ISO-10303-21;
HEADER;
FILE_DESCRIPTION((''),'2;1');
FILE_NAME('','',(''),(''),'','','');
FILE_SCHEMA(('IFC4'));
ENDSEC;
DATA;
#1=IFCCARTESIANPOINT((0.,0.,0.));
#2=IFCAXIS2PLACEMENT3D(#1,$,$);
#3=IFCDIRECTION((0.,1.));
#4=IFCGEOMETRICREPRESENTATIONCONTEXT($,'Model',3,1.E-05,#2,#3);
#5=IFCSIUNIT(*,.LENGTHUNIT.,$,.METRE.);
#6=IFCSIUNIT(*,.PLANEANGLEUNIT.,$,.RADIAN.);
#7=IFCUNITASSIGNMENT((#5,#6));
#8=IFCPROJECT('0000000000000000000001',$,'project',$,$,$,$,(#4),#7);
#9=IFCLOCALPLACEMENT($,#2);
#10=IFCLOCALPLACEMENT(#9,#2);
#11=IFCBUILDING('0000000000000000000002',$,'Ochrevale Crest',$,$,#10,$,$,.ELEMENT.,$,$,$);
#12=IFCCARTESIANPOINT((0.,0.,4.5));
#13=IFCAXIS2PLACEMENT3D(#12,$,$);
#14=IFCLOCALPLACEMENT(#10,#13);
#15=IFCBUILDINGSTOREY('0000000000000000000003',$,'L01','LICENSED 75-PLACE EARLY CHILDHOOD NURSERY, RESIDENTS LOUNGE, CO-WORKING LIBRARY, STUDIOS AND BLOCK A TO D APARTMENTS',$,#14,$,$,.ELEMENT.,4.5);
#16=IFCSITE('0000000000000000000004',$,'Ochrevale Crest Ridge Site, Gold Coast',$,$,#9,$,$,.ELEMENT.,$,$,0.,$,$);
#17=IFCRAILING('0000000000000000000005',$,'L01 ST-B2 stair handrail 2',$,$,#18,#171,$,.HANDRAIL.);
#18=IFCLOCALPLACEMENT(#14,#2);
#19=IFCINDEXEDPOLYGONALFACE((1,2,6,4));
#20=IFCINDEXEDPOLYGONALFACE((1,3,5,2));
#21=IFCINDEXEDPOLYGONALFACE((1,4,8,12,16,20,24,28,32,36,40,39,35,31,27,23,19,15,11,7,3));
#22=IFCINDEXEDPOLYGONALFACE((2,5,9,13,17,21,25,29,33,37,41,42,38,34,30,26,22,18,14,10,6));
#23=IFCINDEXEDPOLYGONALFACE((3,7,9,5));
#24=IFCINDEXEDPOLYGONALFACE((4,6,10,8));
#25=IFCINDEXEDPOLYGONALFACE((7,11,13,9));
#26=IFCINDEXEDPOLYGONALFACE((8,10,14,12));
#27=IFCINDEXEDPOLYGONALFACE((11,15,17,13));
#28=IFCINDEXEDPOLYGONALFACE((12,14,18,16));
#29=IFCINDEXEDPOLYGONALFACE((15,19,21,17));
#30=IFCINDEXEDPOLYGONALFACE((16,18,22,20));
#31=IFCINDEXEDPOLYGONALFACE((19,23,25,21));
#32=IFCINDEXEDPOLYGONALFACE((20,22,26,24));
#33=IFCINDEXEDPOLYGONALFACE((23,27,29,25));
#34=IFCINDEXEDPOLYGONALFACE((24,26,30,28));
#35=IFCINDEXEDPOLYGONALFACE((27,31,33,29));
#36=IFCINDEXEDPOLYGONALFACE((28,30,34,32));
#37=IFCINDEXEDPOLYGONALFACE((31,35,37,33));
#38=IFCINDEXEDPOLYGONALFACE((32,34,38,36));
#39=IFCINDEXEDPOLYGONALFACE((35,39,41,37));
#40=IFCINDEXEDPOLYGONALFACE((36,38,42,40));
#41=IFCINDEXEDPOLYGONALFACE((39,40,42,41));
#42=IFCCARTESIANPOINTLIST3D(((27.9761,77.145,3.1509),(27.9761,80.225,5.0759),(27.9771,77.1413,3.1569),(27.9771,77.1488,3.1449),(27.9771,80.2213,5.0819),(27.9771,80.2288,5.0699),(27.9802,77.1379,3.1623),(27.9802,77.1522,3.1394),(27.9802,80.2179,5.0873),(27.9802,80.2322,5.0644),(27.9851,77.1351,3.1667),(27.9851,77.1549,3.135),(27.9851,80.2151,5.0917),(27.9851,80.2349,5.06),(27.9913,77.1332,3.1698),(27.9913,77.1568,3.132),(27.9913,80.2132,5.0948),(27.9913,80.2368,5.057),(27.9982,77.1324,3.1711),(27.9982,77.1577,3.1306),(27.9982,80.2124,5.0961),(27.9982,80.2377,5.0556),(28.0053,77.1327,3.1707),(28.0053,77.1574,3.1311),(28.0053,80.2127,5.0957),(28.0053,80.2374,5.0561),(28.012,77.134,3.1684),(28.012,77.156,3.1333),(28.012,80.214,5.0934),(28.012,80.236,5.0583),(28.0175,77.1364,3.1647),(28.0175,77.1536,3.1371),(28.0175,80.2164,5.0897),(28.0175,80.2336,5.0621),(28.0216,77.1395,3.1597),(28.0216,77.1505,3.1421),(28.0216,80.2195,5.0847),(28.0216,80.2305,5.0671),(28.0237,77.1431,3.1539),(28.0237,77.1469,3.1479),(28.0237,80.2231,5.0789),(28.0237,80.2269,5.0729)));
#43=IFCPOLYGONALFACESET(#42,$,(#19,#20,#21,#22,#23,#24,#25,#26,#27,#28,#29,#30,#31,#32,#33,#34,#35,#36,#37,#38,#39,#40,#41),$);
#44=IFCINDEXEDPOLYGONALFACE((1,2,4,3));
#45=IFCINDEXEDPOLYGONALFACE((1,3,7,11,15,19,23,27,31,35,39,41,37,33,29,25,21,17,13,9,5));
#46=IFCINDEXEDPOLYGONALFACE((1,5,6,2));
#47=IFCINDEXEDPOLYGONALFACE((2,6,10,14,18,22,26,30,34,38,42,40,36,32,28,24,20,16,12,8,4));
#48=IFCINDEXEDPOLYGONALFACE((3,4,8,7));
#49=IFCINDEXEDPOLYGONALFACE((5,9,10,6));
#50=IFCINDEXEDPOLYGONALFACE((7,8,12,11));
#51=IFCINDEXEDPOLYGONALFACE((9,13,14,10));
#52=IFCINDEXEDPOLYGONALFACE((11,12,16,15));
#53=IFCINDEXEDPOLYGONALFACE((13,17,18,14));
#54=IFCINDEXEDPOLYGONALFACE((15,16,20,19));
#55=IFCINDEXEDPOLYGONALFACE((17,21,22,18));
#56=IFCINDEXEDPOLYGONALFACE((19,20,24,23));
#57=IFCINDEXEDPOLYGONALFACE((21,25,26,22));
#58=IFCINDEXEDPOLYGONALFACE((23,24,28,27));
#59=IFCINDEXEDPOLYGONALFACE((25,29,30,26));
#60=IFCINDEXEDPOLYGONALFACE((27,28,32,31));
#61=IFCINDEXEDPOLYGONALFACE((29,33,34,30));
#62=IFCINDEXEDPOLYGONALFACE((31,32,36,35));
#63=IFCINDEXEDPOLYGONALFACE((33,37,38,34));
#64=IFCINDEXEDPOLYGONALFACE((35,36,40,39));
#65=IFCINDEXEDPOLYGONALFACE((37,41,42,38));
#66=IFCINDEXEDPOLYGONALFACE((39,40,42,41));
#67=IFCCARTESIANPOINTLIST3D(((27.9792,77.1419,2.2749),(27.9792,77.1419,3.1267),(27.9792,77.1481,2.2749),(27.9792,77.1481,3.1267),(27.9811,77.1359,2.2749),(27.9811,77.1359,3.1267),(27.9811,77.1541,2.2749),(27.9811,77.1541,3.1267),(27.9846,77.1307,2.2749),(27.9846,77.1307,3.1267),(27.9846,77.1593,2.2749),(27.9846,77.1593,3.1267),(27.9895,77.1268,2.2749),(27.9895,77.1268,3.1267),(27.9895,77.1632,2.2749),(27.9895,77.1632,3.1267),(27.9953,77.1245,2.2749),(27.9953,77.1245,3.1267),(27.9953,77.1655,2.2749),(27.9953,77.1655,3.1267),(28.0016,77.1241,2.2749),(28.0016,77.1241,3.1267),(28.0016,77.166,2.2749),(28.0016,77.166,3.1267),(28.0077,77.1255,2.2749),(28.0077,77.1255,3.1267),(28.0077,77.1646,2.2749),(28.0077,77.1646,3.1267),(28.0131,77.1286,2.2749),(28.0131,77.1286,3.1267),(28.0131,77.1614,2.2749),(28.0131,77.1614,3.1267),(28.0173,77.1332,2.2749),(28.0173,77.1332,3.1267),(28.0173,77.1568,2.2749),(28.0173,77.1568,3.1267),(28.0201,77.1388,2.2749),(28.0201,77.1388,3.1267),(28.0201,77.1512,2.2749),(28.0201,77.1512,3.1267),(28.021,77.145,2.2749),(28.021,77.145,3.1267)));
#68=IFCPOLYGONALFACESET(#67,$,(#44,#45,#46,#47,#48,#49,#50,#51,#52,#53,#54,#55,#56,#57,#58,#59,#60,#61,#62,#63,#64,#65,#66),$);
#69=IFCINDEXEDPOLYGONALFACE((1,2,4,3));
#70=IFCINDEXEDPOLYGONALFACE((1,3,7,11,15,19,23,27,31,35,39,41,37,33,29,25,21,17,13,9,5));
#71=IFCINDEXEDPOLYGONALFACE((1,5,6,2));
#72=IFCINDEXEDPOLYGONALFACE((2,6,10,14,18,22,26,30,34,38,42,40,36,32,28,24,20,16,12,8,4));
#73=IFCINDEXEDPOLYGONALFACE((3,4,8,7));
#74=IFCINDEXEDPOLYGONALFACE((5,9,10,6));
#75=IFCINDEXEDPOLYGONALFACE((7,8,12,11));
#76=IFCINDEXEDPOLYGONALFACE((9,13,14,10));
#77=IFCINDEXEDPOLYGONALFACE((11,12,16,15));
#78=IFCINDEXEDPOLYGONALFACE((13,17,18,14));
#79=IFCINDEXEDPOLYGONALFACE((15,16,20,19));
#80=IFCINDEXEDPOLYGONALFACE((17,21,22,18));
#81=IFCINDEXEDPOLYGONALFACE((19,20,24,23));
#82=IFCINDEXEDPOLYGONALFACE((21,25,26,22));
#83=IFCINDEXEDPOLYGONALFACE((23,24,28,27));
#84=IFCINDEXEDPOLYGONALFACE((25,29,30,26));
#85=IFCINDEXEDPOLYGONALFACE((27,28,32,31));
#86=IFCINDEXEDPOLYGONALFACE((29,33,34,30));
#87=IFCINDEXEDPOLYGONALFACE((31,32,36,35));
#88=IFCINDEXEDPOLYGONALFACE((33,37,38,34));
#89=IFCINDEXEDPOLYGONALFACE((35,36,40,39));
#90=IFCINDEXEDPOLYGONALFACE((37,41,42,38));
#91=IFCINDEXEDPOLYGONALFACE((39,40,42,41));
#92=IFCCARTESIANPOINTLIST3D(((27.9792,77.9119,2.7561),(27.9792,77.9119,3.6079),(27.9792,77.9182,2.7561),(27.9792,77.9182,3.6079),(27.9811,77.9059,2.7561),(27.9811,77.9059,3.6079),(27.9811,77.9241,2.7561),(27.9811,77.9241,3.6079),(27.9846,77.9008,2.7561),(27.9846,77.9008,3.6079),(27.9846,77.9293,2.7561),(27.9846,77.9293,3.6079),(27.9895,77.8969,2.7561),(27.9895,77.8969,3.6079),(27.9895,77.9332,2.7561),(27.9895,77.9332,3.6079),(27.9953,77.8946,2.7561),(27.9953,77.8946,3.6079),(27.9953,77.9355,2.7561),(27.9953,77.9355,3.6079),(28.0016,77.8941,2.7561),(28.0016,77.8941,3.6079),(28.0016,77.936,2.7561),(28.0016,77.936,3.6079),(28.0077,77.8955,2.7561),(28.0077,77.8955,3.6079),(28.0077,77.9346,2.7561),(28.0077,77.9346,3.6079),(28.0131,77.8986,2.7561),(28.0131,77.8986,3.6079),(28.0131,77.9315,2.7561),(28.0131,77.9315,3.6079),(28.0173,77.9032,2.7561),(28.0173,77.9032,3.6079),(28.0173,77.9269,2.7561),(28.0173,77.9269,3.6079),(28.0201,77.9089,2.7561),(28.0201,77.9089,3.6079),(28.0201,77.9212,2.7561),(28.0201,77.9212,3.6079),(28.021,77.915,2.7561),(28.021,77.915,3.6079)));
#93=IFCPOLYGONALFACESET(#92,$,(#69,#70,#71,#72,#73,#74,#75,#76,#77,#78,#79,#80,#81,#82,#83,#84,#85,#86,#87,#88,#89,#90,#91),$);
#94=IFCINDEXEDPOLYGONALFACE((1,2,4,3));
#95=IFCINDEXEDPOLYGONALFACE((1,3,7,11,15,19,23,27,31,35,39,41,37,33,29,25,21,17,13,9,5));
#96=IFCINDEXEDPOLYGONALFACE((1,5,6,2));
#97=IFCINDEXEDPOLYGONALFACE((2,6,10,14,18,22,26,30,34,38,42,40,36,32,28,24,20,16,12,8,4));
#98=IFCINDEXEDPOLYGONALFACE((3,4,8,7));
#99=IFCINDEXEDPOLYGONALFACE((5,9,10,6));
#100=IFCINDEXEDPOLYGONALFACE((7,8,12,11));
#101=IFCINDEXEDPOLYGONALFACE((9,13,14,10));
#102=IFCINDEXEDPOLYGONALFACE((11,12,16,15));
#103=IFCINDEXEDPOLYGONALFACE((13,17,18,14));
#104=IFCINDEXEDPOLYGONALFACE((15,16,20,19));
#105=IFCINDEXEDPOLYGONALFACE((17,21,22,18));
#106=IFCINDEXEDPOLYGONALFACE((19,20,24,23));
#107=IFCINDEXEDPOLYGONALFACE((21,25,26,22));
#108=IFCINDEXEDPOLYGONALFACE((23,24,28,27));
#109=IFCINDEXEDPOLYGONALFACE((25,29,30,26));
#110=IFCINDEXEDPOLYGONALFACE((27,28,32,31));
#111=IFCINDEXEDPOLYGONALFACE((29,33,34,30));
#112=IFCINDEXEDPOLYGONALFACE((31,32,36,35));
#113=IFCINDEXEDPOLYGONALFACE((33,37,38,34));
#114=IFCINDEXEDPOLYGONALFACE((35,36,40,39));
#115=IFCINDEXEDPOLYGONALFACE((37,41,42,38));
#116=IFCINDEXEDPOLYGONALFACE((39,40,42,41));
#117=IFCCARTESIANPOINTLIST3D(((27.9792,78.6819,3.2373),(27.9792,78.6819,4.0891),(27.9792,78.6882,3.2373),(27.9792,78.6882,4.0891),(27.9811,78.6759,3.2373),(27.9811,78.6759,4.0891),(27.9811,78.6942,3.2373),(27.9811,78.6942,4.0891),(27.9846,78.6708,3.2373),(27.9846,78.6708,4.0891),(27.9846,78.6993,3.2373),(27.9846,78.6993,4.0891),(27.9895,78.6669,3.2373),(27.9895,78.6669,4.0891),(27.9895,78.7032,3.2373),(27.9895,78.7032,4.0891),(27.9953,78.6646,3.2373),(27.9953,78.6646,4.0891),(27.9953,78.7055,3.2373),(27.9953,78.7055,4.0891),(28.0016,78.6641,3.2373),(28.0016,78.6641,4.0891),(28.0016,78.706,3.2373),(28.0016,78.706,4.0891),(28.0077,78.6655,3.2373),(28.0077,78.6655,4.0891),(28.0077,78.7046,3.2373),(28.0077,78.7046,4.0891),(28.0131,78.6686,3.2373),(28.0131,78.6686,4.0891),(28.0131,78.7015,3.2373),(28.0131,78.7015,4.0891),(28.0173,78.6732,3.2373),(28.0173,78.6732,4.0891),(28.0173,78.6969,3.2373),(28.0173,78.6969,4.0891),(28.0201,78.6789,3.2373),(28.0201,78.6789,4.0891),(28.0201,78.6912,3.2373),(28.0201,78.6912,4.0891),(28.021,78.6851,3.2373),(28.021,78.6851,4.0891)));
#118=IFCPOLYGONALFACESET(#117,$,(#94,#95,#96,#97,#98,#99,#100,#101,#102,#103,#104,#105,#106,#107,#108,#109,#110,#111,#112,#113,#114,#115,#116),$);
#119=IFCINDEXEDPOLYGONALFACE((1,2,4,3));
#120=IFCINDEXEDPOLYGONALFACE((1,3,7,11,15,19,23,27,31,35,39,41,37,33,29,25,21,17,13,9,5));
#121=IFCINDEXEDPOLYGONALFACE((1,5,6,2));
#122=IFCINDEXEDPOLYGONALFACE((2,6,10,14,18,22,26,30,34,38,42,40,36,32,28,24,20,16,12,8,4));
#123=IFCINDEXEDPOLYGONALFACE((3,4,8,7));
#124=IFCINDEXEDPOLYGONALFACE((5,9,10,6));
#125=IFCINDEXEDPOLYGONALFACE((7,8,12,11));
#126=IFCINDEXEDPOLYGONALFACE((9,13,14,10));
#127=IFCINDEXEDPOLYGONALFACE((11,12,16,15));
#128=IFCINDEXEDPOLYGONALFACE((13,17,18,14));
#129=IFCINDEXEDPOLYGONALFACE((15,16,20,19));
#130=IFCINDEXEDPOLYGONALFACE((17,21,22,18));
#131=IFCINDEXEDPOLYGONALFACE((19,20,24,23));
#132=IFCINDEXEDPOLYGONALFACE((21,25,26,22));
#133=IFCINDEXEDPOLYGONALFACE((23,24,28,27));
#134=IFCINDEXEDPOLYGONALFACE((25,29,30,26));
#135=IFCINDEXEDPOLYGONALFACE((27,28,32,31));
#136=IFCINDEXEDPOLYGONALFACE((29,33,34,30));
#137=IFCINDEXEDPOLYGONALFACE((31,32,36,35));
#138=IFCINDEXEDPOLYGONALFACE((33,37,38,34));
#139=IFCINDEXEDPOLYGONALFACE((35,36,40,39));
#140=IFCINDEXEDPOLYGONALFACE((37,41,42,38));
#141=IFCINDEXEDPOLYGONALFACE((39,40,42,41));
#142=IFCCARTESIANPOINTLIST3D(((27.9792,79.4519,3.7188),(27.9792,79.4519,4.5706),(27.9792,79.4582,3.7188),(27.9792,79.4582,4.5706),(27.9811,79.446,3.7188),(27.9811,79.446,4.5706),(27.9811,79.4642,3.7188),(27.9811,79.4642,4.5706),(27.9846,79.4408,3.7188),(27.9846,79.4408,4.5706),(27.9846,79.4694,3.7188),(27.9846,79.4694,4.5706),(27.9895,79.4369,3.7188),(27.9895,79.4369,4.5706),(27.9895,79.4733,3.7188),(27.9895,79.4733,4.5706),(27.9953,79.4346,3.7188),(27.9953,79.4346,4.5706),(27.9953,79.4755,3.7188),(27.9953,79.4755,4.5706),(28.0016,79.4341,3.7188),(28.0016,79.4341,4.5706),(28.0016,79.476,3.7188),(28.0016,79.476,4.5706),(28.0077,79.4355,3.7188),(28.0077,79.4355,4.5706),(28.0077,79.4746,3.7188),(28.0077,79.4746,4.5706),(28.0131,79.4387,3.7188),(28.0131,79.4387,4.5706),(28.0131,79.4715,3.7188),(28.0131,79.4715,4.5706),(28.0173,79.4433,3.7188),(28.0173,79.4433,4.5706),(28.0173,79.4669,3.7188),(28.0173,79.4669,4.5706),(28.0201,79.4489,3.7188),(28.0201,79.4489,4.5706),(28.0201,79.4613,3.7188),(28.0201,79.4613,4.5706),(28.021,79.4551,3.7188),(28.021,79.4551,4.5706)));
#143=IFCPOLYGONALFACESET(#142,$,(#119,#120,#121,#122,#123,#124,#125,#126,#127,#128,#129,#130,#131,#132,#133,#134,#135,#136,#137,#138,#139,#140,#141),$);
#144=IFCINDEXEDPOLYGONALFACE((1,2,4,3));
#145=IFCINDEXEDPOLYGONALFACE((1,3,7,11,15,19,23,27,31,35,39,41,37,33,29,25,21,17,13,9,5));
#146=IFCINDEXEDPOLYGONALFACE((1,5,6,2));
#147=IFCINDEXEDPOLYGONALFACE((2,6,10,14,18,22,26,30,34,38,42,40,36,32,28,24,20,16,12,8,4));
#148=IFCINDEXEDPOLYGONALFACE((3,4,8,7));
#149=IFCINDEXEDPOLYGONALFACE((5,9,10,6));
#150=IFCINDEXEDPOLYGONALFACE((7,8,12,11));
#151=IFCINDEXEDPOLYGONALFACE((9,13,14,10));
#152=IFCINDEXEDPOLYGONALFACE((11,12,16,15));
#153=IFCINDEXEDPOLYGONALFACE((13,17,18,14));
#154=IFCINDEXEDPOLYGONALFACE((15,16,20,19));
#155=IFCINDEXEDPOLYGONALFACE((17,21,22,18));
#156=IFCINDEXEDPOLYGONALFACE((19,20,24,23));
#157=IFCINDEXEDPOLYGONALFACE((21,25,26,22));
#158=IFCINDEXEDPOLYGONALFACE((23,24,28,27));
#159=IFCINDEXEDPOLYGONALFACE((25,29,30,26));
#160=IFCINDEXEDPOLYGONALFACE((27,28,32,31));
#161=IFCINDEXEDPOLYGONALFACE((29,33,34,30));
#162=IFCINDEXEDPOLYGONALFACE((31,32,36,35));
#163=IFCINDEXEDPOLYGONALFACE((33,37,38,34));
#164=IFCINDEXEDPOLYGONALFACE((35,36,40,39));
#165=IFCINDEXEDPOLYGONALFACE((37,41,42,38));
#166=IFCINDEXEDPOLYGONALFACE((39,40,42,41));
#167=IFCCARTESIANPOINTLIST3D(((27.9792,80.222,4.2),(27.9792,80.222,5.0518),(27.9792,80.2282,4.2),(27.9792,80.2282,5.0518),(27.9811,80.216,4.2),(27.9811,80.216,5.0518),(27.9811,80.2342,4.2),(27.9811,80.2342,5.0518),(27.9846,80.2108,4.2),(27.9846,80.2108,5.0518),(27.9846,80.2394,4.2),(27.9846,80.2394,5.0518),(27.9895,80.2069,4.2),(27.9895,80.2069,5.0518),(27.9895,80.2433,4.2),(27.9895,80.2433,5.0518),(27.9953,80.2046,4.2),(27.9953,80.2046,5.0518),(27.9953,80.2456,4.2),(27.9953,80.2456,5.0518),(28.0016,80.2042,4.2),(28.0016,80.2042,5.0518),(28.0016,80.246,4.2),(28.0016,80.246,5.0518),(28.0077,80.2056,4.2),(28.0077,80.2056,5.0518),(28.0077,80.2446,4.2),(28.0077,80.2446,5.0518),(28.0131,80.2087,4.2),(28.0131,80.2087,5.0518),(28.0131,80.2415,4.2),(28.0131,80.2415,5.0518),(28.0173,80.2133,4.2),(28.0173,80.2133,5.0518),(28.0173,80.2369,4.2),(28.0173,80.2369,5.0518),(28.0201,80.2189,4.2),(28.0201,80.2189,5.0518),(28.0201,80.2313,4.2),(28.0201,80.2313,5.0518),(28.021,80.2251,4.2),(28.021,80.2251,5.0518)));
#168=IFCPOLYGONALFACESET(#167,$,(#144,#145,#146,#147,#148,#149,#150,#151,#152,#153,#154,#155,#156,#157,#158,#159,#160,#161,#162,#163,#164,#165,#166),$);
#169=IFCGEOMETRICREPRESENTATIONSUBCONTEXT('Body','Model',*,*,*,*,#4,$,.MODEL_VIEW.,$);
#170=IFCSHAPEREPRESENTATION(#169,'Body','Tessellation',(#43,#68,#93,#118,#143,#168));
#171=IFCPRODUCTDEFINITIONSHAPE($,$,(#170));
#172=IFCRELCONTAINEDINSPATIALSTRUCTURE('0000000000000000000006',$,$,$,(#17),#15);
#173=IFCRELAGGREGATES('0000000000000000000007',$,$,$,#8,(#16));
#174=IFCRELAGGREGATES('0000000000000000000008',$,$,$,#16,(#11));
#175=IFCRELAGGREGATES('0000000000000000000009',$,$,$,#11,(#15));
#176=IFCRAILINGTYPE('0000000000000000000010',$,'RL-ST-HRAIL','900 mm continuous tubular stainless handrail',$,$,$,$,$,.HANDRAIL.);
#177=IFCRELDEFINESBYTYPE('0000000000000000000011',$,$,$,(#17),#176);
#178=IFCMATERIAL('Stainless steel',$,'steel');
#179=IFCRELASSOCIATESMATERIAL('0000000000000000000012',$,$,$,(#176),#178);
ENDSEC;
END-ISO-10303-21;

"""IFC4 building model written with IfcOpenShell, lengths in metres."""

from ifc_helpers import new_model, si_unit, direction, frame, origin, origin_2d, place, context, subcontext, project, spatial, circle, extrude, material, type_object, element, save


model = new_model("IFC4")

# Units and contexts
model_context = context("Model", 3, precision=1e-05, world=origin(), true_north=direction((0.0, 1.0)))
body_context = subcontext(model_context, "Body", "Model", "MODEL_VIEW")
ifc_project = project(units=[si_unit("LENGTHUNIT", "METRE"), si_unit("PLANEANGLEUNIT", "RADIAN")], contexts=[model_context])

# Site, building, storey
site_placement = place(None, origin())
site = spatial("IfcSite", under=ifc_project, at=site_placement, Name="Ochrevale Crest Ridge Site, Gold Coast", CompositionType="ELEMENT", RefElevation=0.0)
building_placement = place(site_placement, origin())
building = spatial("IfcBuilding", under=site, at=building_placement, Name="Ochrevale Crest", CompositionType="ELEMENT")
storey_placement = place(building_placement, frame((0.0, 0.0, 4.5)))
storey = spatial("IfcBuildingStorey", under=building, at=storey_placement, Name="L01", Description="LICENSED 75-PLACE EARLY CHILDHOOD NURSERY, RESIDENTS LOUNGE, CO-WORKING LIBRARY, STUDIOS AND BLOCK A TO D APARTMENTS", CompositionType="ELEMENT", Elevation=4.5)

# Railing
ifc_material_1 = material(Name="Stainless steel", Category="steel")
railing_type_1 = type_object("IfcRailingType", Name="RL-ST-HRAIL", Description="900 mm continuous tubular stainless handrail", PredefinedType="HANDRAIL", material=ifc_material_1)
railing_1_placement = place(storey_placement, frame((28.0, 77.145, 2.2749)))
element("IfcRailing", 1, at=railing_1_placement, inside=storey, type_object=railing_type_1, Name="L01 ST-B2 stair handrail 2", PredefinedType="HANDRAIL", context=body_context, shape_type="SweptSolid", body=[
    extrude(circle(Radius=0.0239, at=origin_2d()), frame((0.0, 0.0, 0.876), z_axis=(0.0, 0.847998, 0.529999), x_axis=(-1.0, 0.0, 0.0)), (0.0, 0.0, 1.0), 3.6321),
    extrude(circle(Radius=0.021, at=origin_2d()), origin(), (0.0, 0.0, 1.0), 0.8518),
    extrude(circle(Radius=0.021, at=origin_2d()), frame((0.0, 0.77, 0.4812)), (0.0, 0.0, 1.0), 0.8518),
    extrude(circle(Radius=0.021, at=origin_2d()), frame((0.0, 1.54, 0.9624)), (0.0, 0.0, 1.0), 0.8518),
    extrude(circle(Radius=0.021, at=origin_2d()), frame((0.0, 2.3101, 1.4438)), (0.0, 0.0, 1.0), 0.8518),
    extrude(circle(Radius=0.021, at=origin_2d()), frame((0.0, 3.0801, 1.925)), (0.0, 0.0, 1.0), 0.8518),
])

save(model, "model.ifc")
